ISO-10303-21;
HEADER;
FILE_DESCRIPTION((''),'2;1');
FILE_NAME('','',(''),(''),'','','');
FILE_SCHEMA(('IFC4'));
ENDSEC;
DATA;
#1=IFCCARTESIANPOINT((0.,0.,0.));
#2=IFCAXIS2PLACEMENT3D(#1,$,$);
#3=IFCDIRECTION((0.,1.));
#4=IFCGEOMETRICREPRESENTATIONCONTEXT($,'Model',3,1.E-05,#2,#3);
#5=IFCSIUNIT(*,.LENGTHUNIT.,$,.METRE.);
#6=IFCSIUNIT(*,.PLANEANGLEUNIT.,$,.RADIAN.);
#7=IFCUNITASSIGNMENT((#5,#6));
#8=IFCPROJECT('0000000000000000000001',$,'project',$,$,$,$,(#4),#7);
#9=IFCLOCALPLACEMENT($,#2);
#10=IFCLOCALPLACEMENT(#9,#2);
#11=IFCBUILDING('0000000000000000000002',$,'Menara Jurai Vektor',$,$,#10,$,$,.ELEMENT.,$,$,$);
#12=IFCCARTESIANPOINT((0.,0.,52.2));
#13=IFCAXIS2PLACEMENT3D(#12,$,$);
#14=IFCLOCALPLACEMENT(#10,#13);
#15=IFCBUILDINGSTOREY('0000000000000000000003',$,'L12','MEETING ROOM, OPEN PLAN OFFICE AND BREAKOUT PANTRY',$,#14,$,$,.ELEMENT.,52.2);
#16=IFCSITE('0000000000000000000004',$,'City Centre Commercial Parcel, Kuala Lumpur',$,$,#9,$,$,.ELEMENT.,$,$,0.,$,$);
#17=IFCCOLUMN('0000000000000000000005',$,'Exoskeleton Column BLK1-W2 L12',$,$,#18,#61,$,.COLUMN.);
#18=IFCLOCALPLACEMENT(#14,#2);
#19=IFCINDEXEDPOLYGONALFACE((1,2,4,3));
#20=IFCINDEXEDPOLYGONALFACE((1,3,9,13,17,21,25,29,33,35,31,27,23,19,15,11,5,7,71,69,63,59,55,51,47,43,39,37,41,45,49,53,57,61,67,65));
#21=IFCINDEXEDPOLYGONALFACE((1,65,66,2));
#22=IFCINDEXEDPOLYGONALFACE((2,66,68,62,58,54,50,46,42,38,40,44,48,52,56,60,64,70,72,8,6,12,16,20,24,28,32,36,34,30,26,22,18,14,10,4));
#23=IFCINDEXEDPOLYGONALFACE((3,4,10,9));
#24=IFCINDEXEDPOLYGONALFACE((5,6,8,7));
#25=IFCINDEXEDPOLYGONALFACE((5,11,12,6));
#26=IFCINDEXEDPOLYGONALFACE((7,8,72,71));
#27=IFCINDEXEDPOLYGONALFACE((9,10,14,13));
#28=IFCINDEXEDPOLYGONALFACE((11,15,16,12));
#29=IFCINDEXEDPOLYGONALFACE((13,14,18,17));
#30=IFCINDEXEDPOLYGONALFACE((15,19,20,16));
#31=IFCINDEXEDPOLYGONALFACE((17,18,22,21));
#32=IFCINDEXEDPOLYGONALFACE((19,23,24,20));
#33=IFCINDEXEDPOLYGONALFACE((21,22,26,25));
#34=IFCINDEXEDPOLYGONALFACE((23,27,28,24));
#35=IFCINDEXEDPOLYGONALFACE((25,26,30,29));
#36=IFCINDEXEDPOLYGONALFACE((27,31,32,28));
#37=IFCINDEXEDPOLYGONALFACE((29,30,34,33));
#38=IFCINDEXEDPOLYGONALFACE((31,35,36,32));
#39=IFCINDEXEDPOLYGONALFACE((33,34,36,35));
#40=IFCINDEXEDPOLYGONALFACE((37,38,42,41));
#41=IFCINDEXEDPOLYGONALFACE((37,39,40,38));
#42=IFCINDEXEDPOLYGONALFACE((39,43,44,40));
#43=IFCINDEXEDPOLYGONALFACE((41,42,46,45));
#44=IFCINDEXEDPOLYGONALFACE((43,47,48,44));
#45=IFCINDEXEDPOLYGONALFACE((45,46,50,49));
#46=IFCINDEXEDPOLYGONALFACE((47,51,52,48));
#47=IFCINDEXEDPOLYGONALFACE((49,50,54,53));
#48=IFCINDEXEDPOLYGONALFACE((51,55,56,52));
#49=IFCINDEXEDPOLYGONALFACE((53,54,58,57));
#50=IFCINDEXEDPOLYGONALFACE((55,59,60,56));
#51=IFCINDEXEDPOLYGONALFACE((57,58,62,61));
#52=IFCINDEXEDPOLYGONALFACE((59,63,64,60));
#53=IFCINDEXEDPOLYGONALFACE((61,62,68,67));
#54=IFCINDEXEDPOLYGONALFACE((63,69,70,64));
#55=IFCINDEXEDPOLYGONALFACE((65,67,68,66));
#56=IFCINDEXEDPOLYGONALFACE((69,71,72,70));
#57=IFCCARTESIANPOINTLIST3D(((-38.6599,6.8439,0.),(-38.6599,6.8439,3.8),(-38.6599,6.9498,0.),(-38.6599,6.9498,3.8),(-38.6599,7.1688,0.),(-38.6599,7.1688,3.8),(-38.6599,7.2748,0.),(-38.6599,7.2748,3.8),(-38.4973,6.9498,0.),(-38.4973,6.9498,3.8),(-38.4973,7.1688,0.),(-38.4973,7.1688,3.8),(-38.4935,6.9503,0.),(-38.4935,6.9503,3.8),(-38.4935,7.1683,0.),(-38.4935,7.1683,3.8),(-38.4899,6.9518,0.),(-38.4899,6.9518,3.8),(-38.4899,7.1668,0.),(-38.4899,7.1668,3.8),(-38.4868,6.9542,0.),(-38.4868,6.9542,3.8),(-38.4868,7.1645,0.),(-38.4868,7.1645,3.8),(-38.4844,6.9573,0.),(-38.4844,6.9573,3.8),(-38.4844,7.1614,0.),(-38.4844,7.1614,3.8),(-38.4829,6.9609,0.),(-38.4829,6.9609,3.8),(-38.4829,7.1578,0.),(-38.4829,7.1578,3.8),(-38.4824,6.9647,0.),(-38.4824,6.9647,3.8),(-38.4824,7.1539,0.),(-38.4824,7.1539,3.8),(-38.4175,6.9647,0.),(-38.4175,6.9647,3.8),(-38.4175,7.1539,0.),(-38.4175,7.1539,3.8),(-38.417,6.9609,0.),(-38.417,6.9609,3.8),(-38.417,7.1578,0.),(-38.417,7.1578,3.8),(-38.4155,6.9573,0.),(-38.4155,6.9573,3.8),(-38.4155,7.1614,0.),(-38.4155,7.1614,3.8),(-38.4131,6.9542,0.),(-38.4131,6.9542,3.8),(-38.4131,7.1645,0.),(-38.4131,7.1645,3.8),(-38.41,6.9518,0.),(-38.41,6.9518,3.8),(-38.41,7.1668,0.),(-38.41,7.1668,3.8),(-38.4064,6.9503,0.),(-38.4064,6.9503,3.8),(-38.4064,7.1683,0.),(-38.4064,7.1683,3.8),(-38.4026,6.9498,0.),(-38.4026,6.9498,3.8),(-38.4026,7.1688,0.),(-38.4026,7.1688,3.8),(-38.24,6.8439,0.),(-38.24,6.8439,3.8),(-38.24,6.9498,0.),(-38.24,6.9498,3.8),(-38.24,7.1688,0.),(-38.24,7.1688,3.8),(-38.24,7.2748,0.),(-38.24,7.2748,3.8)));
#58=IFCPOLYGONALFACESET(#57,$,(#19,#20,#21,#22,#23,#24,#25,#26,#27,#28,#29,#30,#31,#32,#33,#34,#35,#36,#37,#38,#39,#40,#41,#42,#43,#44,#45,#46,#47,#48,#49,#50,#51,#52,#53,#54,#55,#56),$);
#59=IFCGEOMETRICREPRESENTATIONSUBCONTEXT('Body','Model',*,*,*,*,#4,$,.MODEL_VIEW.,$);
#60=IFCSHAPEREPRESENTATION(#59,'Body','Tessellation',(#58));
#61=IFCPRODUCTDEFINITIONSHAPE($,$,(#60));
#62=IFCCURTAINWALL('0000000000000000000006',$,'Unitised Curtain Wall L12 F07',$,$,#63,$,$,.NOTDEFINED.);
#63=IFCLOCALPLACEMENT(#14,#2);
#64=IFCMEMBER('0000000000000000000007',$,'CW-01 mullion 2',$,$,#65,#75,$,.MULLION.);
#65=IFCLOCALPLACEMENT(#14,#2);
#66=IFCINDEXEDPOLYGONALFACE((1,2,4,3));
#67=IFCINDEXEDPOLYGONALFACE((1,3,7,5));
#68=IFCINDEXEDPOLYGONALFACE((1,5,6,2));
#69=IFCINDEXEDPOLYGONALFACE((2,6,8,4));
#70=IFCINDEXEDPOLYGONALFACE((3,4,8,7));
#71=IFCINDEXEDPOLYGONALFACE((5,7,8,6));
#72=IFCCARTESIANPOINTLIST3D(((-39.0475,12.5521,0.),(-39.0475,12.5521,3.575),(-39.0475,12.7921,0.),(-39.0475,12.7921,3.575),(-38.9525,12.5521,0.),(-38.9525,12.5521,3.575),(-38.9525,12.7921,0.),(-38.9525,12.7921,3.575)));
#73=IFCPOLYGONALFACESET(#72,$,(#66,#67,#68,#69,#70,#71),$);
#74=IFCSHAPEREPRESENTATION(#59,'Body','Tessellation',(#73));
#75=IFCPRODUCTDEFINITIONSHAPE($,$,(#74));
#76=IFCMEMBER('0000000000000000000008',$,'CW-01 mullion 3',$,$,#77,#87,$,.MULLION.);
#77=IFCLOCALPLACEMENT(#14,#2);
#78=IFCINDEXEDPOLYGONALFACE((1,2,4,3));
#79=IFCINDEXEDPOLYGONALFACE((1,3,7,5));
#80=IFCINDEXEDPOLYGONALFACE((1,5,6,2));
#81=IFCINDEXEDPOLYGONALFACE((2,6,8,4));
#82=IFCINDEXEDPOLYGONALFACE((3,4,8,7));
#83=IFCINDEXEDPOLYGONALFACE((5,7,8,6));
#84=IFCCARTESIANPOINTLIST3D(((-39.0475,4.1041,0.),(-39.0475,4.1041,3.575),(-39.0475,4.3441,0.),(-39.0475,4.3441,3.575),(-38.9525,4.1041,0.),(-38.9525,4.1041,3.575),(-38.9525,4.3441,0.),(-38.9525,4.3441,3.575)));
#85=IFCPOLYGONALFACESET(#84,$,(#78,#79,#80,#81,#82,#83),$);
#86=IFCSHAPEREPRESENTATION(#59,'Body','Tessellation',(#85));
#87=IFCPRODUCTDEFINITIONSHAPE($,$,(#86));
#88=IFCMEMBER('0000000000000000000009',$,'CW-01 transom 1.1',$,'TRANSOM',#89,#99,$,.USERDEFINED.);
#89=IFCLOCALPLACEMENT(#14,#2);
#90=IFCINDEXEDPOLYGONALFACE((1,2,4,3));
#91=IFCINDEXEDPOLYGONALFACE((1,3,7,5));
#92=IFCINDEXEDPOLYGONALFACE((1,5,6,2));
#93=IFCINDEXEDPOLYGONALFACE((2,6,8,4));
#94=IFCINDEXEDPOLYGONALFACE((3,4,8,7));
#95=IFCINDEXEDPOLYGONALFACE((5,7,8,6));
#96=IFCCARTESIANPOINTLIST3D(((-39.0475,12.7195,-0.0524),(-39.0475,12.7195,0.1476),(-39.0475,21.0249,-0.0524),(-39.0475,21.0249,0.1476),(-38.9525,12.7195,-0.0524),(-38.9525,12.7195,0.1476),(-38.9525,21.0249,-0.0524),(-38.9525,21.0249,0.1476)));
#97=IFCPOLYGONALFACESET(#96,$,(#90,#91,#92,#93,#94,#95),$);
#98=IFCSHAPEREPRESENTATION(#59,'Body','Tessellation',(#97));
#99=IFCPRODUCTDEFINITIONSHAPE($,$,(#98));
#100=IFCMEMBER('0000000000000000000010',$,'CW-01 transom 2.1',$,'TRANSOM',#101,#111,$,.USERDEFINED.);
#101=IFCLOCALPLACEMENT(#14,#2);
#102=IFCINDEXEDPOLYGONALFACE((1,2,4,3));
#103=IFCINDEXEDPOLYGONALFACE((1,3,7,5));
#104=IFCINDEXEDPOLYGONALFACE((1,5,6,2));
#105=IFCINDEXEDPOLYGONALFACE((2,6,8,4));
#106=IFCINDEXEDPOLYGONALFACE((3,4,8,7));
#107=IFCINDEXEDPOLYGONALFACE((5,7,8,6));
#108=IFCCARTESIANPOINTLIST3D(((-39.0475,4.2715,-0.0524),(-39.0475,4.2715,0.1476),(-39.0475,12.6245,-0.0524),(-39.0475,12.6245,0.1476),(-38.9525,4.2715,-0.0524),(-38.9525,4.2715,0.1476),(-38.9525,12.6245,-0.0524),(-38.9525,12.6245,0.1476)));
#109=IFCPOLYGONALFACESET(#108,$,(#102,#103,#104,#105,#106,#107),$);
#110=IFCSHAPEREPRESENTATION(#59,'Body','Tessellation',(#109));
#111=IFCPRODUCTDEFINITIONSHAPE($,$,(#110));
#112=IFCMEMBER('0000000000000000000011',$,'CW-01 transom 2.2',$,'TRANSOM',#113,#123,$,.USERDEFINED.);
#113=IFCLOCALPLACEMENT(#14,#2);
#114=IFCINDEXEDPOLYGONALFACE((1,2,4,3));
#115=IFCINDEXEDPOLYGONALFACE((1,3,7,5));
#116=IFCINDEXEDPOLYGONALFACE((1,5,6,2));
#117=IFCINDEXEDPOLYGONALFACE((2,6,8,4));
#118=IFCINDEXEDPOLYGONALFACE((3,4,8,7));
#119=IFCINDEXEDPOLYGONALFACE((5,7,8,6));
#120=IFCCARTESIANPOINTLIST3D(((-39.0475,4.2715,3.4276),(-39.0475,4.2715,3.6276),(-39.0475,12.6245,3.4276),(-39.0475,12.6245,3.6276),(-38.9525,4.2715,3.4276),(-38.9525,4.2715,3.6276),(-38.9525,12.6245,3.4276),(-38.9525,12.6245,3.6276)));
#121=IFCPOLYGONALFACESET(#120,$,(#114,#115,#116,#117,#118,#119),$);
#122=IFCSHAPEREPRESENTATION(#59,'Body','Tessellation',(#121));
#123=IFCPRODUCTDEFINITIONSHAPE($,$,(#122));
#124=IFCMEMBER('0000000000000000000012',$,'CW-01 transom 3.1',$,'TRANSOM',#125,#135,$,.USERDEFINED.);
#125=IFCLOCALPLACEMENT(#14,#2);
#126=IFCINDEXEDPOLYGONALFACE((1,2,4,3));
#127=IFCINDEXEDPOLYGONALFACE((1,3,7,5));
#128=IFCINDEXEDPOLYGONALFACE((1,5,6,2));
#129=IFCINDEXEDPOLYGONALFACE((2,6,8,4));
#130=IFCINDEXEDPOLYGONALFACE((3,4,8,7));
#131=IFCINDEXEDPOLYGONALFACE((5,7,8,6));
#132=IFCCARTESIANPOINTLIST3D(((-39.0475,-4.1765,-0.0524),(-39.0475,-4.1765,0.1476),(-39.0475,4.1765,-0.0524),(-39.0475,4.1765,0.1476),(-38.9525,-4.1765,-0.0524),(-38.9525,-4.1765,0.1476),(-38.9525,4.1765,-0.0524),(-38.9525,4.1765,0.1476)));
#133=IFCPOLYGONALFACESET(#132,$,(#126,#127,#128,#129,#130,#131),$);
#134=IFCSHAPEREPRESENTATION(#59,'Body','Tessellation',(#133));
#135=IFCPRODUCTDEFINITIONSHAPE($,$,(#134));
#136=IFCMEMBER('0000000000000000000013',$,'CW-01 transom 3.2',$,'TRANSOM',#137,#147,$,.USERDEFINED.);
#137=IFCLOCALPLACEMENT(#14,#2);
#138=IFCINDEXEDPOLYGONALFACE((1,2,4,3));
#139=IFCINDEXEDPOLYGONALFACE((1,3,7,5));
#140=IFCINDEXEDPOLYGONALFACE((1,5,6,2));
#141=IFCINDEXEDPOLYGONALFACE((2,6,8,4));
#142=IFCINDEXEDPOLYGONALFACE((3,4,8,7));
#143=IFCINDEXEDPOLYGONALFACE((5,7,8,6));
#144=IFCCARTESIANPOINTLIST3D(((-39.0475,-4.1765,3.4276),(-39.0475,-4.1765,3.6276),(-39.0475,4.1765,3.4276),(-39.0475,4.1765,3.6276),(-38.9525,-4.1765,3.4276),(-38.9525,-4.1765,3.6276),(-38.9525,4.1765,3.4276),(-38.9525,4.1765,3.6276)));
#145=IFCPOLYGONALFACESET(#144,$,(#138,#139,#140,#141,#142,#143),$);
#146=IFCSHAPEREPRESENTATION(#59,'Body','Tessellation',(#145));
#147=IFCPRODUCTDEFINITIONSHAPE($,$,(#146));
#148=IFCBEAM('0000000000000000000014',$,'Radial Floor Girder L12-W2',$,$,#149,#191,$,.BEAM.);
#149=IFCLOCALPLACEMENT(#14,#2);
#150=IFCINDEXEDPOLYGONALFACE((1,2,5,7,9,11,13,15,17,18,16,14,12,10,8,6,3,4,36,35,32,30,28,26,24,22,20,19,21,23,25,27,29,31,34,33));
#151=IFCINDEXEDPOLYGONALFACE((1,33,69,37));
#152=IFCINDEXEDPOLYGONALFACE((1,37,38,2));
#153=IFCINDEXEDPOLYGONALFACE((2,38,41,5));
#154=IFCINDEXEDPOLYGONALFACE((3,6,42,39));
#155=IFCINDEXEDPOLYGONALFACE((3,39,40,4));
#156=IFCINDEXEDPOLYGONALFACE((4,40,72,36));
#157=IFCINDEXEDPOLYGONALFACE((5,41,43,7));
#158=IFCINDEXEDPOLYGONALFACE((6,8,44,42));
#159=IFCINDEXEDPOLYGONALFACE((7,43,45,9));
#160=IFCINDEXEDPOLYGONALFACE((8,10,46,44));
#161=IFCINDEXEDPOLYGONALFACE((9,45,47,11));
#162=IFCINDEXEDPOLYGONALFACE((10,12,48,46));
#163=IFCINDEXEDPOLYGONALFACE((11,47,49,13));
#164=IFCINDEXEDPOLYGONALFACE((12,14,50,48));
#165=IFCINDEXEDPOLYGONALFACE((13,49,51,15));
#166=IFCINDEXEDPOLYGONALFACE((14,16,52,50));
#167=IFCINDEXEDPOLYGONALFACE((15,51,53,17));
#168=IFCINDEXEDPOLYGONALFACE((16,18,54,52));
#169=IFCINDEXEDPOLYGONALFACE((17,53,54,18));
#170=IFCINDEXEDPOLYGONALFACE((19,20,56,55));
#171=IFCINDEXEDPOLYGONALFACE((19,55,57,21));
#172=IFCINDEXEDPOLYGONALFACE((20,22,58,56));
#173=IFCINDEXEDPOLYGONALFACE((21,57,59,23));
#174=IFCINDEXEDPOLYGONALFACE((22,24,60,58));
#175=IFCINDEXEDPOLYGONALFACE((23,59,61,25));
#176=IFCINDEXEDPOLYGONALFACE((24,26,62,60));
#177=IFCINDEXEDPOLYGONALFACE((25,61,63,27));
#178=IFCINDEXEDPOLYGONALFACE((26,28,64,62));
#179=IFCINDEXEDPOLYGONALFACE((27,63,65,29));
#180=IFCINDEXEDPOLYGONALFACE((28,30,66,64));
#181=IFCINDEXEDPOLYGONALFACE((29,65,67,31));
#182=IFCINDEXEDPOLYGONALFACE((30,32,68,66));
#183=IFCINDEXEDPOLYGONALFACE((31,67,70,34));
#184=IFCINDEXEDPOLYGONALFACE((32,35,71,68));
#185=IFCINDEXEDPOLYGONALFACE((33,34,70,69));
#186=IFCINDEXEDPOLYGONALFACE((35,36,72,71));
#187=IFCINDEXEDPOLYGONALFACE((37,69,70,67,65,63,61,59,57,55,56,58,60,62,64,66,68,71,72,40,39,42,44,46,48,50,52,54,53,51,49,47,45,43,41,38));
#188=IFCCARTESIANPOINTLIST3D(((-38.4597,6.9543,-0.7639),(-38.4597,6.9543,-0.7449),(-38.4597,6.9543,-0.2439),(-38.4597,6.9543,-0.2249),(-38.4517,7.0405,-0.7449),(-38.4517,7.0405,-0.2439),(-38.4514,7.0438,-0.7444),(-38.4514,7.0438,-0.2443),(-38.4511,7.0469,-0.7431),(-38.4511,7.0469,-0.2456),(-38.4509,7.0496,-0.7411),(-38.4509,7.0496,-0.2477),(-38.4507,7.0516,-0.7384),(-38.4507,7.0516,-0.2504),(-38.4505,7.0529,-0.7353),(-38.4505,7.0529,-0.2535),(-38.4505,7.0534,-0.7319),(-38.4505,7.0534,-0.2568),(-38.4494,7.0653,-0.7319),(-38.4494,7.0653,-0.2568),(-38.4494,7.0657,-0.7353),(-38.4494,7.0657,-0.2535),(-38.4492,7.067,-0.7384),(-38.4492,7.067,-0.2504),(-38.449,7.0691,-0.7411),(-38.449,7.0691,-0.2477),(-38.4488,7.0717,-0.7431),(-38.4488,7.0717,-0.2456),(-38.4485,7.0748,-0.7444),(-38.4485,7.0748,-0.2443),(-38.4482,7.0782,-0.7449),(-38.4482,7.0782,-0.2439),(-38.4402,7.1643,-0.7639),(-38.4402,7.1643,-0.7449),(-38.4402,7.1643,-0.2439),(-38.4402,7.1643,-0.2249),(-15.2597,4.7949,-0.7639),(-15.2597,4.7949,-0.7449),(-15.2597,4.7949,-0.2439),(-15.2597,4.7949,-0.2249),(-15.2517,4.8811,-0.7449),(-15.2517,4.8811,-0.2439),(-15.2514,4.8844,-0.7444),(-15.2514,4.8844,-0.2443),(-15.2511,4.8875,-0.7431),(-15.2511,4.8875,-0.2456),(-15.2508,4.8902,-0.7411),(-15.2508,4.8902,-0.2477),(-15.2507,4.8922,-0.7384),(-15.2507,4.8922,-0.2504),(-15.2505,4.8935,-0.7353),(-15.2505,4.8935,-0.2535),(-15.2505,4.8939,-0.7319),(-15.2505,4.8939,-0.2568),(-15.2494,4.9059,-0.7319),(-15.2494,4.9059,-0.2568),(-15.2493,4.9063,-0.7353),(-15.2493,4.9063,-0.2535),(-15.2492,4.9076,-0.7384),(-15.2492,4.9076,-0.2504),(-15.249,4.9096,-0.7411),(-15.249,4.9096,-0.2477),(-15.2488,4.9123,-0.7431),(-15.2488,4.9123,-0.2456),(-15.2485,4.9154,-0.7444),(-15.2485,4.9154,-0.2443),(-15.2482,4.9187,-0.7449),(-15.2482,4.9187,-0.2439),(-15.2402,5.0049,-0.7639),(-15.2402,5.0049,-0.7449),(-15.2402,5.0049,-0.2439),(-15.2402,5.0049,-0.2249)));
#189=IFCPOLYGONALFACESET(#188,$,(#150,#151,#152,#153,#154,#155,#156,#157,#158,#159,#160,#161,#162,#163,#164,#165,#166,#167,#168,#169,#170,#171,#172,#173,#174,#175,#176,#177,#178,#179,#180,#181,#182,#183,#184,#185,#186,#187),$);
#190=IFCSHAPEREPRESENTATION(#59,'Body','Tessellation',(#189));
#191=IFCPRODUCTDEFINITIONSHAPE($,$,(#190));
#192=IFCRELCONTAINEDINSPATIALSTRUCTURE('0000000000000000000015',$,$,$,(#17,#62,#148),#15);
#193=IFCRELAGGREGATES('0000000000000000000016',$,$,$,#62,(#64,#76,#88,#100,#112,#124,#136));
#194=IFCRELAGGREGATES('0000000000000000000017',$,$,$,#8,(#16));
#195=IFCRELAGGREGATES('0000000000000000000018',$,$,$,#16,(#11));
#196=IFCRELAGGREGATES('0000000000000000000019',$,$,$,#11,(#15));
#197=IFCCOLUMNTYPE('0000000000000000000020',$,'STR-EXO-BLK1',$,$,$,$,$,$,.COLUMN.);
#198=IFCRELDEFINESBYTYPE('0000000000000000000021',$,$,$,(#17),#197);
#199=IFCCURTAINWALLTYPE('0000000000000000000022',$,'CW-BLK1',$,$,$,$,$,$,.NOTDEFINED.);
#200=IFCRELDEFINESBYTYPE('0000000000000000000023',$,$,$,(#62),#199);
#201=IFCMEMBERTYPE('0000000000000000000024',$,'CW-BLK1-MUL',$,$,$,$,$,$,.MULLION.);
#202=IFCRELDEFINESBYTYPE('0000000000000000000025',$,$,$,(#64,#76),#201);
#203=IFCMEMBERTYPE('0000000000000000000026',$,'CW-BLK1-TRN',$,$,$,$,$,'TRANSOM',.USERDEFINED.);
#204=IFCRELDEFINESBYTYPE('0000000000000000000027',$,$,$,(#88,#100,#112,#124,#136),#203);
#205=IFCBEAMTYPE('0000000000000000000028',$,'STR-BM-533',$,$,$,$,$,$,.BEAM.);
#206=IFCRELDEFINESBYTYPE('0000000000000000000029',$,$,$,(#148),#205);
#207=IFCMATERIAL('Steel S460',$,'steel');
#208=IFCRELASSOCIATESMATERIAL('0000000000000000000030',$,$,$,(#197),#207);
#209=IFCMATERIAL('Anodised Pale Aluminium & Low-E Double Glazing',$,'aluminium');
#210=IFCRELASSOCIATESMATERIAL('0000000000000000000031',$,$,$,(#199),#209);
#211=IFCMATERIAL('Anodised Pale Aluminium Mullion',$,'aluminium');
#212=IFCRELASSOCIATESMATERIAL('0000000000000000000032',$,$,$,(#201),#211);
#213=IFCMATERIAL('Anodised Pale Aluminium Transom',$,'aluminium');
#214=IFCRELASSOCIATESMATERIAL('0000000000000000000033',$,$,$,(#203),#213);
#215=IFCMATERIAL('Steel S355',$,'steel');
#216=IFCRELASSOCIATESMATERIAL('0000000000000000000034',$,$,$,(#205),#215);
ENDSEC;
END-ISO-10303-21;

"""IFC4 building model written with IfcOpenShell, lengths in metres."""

from ifc_helpers import new_model, si_unit, direction, frame, origin, origin_2d, place, context, subcontext, project, spatial, rectangle, i_section, extrude, material, material_profile, profile_set, type_object, element, aggregate, save


model = new_model("IFC4")

# Units and contexts
model_context = context("Model", 3, precision=1e-05, world=origin(), true_north=direction((0.0, 1.0)))
body_context = subcontext(model_context, "Body", "Model", "MODEL_VIEW")
ifc_project = project(units=[si_unit("LENGTHUNIT", "METRE"), si_unit("PLANEANGLEUNIT", "RADIAN")], contexts=[model_context])

# Site, building, storey
site_placement = place(None, origin())
site = spatial("IfcSite", under=ifc_project, at=site_placement, Name="City Centre Commercial Parcel, Kuala Lumpur", CompositionType="ELEMENT", RefElevation=0.0)
building_placement = place(site_placement, origin())
building = spatial("IfcBuilding", under=site, at=building_placement, Name="Menara Jurai Vektor", CompositionType="ELEMENT")
storey_placement = place(building_placement, frame((0.0, 0.0, 52.2)))
storey = spatial("IfcBuildingStorey", under=building, at=storey_placement, Name="L12", Description="MEETING ROOM, OPEN PLAN OFFICE AND BREAKOUT PANTRY", CompositionType="ELEMENT", Elevation=52.2)

# Column
ifc_material_1 = material(Name="Steel S460", Category="steel")
ifc_material_profile_1 = material_profile(ifc_material_1, i_section(OverallWidth=0.4199, OverallDepth=0.4309, WebThickness=0.0649, FlangeThickness=0.106, FilletRadius=0.0149, at=origin_2d()), Name="HD 400x900")
ifc_profile_set_1 = profile_set([ifc_material_profile_1], Name="Steel S460")
column_type = type_object("IfcColumnType", Name="STR-EXO-BLK1", PredefinedType="COLUMN", material=ifc_profile_set_1)
column_placement = place(storey_placement, frame((-38.45, 7.0593, 0.0), z_axis=(0.0, 0.0, 1.0), x_axis=(1.0, 0.0, 0.0)))
element("IfcColumn", 1, at=column_placement, inside=storey, type_object=column_type, Name="Exoskeleton Column BLK1-W2 L12", PredefinedType="COLUMN", context=body_context, shape_type="SweptSolid", body=[
    extrude(i_section(OverallWidth=0.4199, OverallDepth=0.4309, WebThickness=0.0649, FlangeThickness=0.106, FilletRadius=0.0149, at=origin_2d()), origin(), (0.0, 0.0, 1.0), 3.8),
])

# Curtain wall, members
ifc_material_2 = material(Name="Anodised Pale Aluminium & Low-E Double Glazing", Category="aluminium")
curtain_wall_type = type_object("IfcCurtainWallType", Name="CW-BLK1", PredefinedType="NOTDEFINED", material=ifc_material_2)
curtain_wall_placement = place(storey_placement, origin())
curtain_wall = element("IfcCurtainWall", 2, at=curtain_wall_placement, inside=storey, type_object=curtain_wall_type, Name="Unitised Curtain Wall L12 F07", PredefinedType="NOTDEFINED")
ifc_material_3 = material(Name="Anodised Pale Aluminium Mullion", Category="aluminium")
ifc_material_profile_2 = material_profile(ifc_material_3, rectangle(XDim=0.095, YDim=0.24, at=origin_2d()), Name="ALU MUL 95x240")
ifc_profile_set_2 = profile_set([ifc_material_profile_2], Name="Anodised Pale Aluminium Mullion")
member_type_1 = type_object("IfcMemberType", Name="CW-BLK1-MUL", PredefinedType="MULLION", material=ifc_profile_set_2)
member_1_placement = place(storey_placement, frame((-39.0, 12.6721, 0.0), z_axis=(0.0, 0.0, 1.0), x_axis=(1.0, 0.0, 0.0)))
member_1 = element("IfcMember", 3, at=member_1_placement, type_object=member_type_1, Name="CW-01 mullion 2", PredefinedType="MULLION", context=body_context, shape_type="SweptSolid", body=[
    extrude(rectangle(XDim=0.095, YDim=0.24, at=origin_2d()), origin(), (0.0, 0.0, 1.0), 3.575),
])
member_2_placement = place(storey_placement, frame((-39.0, 4.2241, 0.0), z_axis=(0.0, 0.0, 1.0), x_axis=(1.0, 0.0, 0.0)))
member_2 = element("IfcMember", 4, at=member_2_placement, type_object=member_type_1, Name="CW-01 mullion 3", PredefinedType="MULLION", context=body_context, shape_type="SweptSolid", body=[
    extrude(rectangle(XDim=0.095, YDim=0.24, at=origin_2d()), origin(), (0.0, 0.0, 1.0), 3.575),
])
ifc_material_4 = material(Name="Anodised Pale Aluminium Transom", Category="aluminium")
ifc_material_profile_3 = material_profile(ifc_material_4, rectangle(XDim=0.095, YDim=0.2, at=origin_2d()), Name="ALU TRN 95x200")
ifc_profile_set_3 = profile_set([ifc_material_profile_3], Name="Anodised Pale Aluminium Transom")
member_type_2 = type_object("IfcMemberType", Name="CW-BLK1-TRN", ElementType="TRANSOM", PredefinedType="USERDEFINED", material=ifc_profile_set_3)
member_3_placement = place(storey_placement, frame((-39.0, 21.0249, 0.0476), z_axis=(0.0, -1.0, 0.0), x_axis=(1.0, 0.0, 0.0)))
member_3 = element("IfcMember", 5, at=member_3_placement, type_object=member_type_2, Name="CW-01 transom 1.1", ObjectType="TRANSOM", PredefinedType="USERDEFINED", context=body_context, shape_type="SweptSolid", body=[
    extrude(rectangle(XDim=0.095, YDim=0.2, at=origin_2d()), origin(), (0.0, 0.0, 1.0), 8.3054),
])
member_4_placement = place(storey_placement, frame((-39.0, 12.6245, 0.0476), z_axis=(0.0, -1.0, 0.0), x_axis=(1.0, 0.0, 0.0)))
member_4 = element("IfcMember", 6, at=member_4_placement, type_object=member_type_2, Name="CW-01 transom 2.1", ObjectType="TRANSOM", PredefinedType="USERDEFINED", context=body_context, shape_type="SweptSolid", body=[
    extrude(rectangle(XDim=0.095, YDim=0.2, at=origin_2d()), origin(), (0.0, 0.0, 1.0), 8.353),
])
member_5_placement = place(storey_placement, frame((-39.0, 12.6245, 3.5276), z_axis=(0.0, -1.0, 0.0), x_axis=(1.0, 0.0, 0.0)))
member_5 = element("IfcMember", 7, at=member_5_placement, type_object=member_type_2, Name="CW-01 transom 2.2", ObjectType="TRANSOM", PredefinedType="USERDEFINED", context=body_context, shape_type="SweptSolid", body=[
    extrude(rectangle(XDim=0.095, YDim=0.2, at=origin_2d()), origin(), (0.0, 0.0, 1.0), 8.353),
])
member_6_placement = place(storey_placement, frame((-39.0, 4.1765, 0.0476), z_axis=(0.0, -1.0, 0.0), x_axis=(1.0, 0.0, 0.0)))
member_6 = element("IfcMember", 8, at=member_6_placement, type_object=member_type_2, Name="CW-01 transom 3.1", ObjectType="TRANSOM", PredefinedType="USERDEFINED", context=body_context, shape_type="SweptSolid", body=[
    extrude(rectangle(XDim=0.095, YDim=0.2, at=origin_2d()), origin(), (0.0, 0.0, 1.0), 8.353),
])
member_7_placement = place(storey_placement, frame((-39.0, 4.1765, 3.5276), z_axis=(0.0, -1.0, 0.0), x_axis=(1.0, 0.0, 0.0)))
member_7 = element("IfcMember", 9, at=member_7_placement, type_object=member_type_2, Name="CW-01 transom 3.2", ObjectType="TRANSOM", PredefinedType="USERDEFINED", context=body_context, shape_type="SweptSolid", body=[
    extrude(rectangle(XDim=0.095, YDim=0.2, at=origin_2d()), origin(), (0.0, 0.0, 1.0), 8.353),
])

# Beam
ifc_material_5 = material(Name="Steel S355", Category="steel")
ifc_material_profile_4 = material_profile(ifc_material_5, i_section(OverallWidth=0.2109, OverallDepth=0.5391, WebThickness=0.012, FlangeThickness=0.019, FilletRadius=0.0129, at=origin_2d()), Name="UKB 533x210x109")
ifc_profile_set_4 = profile_set([ifc_material_profile_4], Name="Steel S355")
beam_type_1 = type_object("IfcBeamType", Name="STR-BM-533", PredefinedType="BEAM", material=ifc_profile_set_4)
beam_1_placement = place(storey_placement, frame((-38.45, 7.0593, -0.4944), z_axis=(0.995696, -0.092678, 0.0), x_axis=(0.092678, 0.995696, 0.0)))
element("IfcBeam", 10, at=beam_1_placement, inside=storey, type_object=beam_type_1, Name="Radial Floor Girder L12-W2", PredefinedType="BEAM", context=body_context, shape_type="SweptSolid", body=[
    extrude(i_section(OverallWidth=0.2109, OverallDepth=0.5391, WebThickness=0.012, FlangeThickness=0.019, FilletRadius=0.0129, at=origin_2d()), origin(), (0.0, 0.0, 1.0), 23.3003),
])

aggregate(curtain_wall, [member_1, member_2, member_3, member_4, member_5, member_6, member_7])

save(model, "model.ifc")
